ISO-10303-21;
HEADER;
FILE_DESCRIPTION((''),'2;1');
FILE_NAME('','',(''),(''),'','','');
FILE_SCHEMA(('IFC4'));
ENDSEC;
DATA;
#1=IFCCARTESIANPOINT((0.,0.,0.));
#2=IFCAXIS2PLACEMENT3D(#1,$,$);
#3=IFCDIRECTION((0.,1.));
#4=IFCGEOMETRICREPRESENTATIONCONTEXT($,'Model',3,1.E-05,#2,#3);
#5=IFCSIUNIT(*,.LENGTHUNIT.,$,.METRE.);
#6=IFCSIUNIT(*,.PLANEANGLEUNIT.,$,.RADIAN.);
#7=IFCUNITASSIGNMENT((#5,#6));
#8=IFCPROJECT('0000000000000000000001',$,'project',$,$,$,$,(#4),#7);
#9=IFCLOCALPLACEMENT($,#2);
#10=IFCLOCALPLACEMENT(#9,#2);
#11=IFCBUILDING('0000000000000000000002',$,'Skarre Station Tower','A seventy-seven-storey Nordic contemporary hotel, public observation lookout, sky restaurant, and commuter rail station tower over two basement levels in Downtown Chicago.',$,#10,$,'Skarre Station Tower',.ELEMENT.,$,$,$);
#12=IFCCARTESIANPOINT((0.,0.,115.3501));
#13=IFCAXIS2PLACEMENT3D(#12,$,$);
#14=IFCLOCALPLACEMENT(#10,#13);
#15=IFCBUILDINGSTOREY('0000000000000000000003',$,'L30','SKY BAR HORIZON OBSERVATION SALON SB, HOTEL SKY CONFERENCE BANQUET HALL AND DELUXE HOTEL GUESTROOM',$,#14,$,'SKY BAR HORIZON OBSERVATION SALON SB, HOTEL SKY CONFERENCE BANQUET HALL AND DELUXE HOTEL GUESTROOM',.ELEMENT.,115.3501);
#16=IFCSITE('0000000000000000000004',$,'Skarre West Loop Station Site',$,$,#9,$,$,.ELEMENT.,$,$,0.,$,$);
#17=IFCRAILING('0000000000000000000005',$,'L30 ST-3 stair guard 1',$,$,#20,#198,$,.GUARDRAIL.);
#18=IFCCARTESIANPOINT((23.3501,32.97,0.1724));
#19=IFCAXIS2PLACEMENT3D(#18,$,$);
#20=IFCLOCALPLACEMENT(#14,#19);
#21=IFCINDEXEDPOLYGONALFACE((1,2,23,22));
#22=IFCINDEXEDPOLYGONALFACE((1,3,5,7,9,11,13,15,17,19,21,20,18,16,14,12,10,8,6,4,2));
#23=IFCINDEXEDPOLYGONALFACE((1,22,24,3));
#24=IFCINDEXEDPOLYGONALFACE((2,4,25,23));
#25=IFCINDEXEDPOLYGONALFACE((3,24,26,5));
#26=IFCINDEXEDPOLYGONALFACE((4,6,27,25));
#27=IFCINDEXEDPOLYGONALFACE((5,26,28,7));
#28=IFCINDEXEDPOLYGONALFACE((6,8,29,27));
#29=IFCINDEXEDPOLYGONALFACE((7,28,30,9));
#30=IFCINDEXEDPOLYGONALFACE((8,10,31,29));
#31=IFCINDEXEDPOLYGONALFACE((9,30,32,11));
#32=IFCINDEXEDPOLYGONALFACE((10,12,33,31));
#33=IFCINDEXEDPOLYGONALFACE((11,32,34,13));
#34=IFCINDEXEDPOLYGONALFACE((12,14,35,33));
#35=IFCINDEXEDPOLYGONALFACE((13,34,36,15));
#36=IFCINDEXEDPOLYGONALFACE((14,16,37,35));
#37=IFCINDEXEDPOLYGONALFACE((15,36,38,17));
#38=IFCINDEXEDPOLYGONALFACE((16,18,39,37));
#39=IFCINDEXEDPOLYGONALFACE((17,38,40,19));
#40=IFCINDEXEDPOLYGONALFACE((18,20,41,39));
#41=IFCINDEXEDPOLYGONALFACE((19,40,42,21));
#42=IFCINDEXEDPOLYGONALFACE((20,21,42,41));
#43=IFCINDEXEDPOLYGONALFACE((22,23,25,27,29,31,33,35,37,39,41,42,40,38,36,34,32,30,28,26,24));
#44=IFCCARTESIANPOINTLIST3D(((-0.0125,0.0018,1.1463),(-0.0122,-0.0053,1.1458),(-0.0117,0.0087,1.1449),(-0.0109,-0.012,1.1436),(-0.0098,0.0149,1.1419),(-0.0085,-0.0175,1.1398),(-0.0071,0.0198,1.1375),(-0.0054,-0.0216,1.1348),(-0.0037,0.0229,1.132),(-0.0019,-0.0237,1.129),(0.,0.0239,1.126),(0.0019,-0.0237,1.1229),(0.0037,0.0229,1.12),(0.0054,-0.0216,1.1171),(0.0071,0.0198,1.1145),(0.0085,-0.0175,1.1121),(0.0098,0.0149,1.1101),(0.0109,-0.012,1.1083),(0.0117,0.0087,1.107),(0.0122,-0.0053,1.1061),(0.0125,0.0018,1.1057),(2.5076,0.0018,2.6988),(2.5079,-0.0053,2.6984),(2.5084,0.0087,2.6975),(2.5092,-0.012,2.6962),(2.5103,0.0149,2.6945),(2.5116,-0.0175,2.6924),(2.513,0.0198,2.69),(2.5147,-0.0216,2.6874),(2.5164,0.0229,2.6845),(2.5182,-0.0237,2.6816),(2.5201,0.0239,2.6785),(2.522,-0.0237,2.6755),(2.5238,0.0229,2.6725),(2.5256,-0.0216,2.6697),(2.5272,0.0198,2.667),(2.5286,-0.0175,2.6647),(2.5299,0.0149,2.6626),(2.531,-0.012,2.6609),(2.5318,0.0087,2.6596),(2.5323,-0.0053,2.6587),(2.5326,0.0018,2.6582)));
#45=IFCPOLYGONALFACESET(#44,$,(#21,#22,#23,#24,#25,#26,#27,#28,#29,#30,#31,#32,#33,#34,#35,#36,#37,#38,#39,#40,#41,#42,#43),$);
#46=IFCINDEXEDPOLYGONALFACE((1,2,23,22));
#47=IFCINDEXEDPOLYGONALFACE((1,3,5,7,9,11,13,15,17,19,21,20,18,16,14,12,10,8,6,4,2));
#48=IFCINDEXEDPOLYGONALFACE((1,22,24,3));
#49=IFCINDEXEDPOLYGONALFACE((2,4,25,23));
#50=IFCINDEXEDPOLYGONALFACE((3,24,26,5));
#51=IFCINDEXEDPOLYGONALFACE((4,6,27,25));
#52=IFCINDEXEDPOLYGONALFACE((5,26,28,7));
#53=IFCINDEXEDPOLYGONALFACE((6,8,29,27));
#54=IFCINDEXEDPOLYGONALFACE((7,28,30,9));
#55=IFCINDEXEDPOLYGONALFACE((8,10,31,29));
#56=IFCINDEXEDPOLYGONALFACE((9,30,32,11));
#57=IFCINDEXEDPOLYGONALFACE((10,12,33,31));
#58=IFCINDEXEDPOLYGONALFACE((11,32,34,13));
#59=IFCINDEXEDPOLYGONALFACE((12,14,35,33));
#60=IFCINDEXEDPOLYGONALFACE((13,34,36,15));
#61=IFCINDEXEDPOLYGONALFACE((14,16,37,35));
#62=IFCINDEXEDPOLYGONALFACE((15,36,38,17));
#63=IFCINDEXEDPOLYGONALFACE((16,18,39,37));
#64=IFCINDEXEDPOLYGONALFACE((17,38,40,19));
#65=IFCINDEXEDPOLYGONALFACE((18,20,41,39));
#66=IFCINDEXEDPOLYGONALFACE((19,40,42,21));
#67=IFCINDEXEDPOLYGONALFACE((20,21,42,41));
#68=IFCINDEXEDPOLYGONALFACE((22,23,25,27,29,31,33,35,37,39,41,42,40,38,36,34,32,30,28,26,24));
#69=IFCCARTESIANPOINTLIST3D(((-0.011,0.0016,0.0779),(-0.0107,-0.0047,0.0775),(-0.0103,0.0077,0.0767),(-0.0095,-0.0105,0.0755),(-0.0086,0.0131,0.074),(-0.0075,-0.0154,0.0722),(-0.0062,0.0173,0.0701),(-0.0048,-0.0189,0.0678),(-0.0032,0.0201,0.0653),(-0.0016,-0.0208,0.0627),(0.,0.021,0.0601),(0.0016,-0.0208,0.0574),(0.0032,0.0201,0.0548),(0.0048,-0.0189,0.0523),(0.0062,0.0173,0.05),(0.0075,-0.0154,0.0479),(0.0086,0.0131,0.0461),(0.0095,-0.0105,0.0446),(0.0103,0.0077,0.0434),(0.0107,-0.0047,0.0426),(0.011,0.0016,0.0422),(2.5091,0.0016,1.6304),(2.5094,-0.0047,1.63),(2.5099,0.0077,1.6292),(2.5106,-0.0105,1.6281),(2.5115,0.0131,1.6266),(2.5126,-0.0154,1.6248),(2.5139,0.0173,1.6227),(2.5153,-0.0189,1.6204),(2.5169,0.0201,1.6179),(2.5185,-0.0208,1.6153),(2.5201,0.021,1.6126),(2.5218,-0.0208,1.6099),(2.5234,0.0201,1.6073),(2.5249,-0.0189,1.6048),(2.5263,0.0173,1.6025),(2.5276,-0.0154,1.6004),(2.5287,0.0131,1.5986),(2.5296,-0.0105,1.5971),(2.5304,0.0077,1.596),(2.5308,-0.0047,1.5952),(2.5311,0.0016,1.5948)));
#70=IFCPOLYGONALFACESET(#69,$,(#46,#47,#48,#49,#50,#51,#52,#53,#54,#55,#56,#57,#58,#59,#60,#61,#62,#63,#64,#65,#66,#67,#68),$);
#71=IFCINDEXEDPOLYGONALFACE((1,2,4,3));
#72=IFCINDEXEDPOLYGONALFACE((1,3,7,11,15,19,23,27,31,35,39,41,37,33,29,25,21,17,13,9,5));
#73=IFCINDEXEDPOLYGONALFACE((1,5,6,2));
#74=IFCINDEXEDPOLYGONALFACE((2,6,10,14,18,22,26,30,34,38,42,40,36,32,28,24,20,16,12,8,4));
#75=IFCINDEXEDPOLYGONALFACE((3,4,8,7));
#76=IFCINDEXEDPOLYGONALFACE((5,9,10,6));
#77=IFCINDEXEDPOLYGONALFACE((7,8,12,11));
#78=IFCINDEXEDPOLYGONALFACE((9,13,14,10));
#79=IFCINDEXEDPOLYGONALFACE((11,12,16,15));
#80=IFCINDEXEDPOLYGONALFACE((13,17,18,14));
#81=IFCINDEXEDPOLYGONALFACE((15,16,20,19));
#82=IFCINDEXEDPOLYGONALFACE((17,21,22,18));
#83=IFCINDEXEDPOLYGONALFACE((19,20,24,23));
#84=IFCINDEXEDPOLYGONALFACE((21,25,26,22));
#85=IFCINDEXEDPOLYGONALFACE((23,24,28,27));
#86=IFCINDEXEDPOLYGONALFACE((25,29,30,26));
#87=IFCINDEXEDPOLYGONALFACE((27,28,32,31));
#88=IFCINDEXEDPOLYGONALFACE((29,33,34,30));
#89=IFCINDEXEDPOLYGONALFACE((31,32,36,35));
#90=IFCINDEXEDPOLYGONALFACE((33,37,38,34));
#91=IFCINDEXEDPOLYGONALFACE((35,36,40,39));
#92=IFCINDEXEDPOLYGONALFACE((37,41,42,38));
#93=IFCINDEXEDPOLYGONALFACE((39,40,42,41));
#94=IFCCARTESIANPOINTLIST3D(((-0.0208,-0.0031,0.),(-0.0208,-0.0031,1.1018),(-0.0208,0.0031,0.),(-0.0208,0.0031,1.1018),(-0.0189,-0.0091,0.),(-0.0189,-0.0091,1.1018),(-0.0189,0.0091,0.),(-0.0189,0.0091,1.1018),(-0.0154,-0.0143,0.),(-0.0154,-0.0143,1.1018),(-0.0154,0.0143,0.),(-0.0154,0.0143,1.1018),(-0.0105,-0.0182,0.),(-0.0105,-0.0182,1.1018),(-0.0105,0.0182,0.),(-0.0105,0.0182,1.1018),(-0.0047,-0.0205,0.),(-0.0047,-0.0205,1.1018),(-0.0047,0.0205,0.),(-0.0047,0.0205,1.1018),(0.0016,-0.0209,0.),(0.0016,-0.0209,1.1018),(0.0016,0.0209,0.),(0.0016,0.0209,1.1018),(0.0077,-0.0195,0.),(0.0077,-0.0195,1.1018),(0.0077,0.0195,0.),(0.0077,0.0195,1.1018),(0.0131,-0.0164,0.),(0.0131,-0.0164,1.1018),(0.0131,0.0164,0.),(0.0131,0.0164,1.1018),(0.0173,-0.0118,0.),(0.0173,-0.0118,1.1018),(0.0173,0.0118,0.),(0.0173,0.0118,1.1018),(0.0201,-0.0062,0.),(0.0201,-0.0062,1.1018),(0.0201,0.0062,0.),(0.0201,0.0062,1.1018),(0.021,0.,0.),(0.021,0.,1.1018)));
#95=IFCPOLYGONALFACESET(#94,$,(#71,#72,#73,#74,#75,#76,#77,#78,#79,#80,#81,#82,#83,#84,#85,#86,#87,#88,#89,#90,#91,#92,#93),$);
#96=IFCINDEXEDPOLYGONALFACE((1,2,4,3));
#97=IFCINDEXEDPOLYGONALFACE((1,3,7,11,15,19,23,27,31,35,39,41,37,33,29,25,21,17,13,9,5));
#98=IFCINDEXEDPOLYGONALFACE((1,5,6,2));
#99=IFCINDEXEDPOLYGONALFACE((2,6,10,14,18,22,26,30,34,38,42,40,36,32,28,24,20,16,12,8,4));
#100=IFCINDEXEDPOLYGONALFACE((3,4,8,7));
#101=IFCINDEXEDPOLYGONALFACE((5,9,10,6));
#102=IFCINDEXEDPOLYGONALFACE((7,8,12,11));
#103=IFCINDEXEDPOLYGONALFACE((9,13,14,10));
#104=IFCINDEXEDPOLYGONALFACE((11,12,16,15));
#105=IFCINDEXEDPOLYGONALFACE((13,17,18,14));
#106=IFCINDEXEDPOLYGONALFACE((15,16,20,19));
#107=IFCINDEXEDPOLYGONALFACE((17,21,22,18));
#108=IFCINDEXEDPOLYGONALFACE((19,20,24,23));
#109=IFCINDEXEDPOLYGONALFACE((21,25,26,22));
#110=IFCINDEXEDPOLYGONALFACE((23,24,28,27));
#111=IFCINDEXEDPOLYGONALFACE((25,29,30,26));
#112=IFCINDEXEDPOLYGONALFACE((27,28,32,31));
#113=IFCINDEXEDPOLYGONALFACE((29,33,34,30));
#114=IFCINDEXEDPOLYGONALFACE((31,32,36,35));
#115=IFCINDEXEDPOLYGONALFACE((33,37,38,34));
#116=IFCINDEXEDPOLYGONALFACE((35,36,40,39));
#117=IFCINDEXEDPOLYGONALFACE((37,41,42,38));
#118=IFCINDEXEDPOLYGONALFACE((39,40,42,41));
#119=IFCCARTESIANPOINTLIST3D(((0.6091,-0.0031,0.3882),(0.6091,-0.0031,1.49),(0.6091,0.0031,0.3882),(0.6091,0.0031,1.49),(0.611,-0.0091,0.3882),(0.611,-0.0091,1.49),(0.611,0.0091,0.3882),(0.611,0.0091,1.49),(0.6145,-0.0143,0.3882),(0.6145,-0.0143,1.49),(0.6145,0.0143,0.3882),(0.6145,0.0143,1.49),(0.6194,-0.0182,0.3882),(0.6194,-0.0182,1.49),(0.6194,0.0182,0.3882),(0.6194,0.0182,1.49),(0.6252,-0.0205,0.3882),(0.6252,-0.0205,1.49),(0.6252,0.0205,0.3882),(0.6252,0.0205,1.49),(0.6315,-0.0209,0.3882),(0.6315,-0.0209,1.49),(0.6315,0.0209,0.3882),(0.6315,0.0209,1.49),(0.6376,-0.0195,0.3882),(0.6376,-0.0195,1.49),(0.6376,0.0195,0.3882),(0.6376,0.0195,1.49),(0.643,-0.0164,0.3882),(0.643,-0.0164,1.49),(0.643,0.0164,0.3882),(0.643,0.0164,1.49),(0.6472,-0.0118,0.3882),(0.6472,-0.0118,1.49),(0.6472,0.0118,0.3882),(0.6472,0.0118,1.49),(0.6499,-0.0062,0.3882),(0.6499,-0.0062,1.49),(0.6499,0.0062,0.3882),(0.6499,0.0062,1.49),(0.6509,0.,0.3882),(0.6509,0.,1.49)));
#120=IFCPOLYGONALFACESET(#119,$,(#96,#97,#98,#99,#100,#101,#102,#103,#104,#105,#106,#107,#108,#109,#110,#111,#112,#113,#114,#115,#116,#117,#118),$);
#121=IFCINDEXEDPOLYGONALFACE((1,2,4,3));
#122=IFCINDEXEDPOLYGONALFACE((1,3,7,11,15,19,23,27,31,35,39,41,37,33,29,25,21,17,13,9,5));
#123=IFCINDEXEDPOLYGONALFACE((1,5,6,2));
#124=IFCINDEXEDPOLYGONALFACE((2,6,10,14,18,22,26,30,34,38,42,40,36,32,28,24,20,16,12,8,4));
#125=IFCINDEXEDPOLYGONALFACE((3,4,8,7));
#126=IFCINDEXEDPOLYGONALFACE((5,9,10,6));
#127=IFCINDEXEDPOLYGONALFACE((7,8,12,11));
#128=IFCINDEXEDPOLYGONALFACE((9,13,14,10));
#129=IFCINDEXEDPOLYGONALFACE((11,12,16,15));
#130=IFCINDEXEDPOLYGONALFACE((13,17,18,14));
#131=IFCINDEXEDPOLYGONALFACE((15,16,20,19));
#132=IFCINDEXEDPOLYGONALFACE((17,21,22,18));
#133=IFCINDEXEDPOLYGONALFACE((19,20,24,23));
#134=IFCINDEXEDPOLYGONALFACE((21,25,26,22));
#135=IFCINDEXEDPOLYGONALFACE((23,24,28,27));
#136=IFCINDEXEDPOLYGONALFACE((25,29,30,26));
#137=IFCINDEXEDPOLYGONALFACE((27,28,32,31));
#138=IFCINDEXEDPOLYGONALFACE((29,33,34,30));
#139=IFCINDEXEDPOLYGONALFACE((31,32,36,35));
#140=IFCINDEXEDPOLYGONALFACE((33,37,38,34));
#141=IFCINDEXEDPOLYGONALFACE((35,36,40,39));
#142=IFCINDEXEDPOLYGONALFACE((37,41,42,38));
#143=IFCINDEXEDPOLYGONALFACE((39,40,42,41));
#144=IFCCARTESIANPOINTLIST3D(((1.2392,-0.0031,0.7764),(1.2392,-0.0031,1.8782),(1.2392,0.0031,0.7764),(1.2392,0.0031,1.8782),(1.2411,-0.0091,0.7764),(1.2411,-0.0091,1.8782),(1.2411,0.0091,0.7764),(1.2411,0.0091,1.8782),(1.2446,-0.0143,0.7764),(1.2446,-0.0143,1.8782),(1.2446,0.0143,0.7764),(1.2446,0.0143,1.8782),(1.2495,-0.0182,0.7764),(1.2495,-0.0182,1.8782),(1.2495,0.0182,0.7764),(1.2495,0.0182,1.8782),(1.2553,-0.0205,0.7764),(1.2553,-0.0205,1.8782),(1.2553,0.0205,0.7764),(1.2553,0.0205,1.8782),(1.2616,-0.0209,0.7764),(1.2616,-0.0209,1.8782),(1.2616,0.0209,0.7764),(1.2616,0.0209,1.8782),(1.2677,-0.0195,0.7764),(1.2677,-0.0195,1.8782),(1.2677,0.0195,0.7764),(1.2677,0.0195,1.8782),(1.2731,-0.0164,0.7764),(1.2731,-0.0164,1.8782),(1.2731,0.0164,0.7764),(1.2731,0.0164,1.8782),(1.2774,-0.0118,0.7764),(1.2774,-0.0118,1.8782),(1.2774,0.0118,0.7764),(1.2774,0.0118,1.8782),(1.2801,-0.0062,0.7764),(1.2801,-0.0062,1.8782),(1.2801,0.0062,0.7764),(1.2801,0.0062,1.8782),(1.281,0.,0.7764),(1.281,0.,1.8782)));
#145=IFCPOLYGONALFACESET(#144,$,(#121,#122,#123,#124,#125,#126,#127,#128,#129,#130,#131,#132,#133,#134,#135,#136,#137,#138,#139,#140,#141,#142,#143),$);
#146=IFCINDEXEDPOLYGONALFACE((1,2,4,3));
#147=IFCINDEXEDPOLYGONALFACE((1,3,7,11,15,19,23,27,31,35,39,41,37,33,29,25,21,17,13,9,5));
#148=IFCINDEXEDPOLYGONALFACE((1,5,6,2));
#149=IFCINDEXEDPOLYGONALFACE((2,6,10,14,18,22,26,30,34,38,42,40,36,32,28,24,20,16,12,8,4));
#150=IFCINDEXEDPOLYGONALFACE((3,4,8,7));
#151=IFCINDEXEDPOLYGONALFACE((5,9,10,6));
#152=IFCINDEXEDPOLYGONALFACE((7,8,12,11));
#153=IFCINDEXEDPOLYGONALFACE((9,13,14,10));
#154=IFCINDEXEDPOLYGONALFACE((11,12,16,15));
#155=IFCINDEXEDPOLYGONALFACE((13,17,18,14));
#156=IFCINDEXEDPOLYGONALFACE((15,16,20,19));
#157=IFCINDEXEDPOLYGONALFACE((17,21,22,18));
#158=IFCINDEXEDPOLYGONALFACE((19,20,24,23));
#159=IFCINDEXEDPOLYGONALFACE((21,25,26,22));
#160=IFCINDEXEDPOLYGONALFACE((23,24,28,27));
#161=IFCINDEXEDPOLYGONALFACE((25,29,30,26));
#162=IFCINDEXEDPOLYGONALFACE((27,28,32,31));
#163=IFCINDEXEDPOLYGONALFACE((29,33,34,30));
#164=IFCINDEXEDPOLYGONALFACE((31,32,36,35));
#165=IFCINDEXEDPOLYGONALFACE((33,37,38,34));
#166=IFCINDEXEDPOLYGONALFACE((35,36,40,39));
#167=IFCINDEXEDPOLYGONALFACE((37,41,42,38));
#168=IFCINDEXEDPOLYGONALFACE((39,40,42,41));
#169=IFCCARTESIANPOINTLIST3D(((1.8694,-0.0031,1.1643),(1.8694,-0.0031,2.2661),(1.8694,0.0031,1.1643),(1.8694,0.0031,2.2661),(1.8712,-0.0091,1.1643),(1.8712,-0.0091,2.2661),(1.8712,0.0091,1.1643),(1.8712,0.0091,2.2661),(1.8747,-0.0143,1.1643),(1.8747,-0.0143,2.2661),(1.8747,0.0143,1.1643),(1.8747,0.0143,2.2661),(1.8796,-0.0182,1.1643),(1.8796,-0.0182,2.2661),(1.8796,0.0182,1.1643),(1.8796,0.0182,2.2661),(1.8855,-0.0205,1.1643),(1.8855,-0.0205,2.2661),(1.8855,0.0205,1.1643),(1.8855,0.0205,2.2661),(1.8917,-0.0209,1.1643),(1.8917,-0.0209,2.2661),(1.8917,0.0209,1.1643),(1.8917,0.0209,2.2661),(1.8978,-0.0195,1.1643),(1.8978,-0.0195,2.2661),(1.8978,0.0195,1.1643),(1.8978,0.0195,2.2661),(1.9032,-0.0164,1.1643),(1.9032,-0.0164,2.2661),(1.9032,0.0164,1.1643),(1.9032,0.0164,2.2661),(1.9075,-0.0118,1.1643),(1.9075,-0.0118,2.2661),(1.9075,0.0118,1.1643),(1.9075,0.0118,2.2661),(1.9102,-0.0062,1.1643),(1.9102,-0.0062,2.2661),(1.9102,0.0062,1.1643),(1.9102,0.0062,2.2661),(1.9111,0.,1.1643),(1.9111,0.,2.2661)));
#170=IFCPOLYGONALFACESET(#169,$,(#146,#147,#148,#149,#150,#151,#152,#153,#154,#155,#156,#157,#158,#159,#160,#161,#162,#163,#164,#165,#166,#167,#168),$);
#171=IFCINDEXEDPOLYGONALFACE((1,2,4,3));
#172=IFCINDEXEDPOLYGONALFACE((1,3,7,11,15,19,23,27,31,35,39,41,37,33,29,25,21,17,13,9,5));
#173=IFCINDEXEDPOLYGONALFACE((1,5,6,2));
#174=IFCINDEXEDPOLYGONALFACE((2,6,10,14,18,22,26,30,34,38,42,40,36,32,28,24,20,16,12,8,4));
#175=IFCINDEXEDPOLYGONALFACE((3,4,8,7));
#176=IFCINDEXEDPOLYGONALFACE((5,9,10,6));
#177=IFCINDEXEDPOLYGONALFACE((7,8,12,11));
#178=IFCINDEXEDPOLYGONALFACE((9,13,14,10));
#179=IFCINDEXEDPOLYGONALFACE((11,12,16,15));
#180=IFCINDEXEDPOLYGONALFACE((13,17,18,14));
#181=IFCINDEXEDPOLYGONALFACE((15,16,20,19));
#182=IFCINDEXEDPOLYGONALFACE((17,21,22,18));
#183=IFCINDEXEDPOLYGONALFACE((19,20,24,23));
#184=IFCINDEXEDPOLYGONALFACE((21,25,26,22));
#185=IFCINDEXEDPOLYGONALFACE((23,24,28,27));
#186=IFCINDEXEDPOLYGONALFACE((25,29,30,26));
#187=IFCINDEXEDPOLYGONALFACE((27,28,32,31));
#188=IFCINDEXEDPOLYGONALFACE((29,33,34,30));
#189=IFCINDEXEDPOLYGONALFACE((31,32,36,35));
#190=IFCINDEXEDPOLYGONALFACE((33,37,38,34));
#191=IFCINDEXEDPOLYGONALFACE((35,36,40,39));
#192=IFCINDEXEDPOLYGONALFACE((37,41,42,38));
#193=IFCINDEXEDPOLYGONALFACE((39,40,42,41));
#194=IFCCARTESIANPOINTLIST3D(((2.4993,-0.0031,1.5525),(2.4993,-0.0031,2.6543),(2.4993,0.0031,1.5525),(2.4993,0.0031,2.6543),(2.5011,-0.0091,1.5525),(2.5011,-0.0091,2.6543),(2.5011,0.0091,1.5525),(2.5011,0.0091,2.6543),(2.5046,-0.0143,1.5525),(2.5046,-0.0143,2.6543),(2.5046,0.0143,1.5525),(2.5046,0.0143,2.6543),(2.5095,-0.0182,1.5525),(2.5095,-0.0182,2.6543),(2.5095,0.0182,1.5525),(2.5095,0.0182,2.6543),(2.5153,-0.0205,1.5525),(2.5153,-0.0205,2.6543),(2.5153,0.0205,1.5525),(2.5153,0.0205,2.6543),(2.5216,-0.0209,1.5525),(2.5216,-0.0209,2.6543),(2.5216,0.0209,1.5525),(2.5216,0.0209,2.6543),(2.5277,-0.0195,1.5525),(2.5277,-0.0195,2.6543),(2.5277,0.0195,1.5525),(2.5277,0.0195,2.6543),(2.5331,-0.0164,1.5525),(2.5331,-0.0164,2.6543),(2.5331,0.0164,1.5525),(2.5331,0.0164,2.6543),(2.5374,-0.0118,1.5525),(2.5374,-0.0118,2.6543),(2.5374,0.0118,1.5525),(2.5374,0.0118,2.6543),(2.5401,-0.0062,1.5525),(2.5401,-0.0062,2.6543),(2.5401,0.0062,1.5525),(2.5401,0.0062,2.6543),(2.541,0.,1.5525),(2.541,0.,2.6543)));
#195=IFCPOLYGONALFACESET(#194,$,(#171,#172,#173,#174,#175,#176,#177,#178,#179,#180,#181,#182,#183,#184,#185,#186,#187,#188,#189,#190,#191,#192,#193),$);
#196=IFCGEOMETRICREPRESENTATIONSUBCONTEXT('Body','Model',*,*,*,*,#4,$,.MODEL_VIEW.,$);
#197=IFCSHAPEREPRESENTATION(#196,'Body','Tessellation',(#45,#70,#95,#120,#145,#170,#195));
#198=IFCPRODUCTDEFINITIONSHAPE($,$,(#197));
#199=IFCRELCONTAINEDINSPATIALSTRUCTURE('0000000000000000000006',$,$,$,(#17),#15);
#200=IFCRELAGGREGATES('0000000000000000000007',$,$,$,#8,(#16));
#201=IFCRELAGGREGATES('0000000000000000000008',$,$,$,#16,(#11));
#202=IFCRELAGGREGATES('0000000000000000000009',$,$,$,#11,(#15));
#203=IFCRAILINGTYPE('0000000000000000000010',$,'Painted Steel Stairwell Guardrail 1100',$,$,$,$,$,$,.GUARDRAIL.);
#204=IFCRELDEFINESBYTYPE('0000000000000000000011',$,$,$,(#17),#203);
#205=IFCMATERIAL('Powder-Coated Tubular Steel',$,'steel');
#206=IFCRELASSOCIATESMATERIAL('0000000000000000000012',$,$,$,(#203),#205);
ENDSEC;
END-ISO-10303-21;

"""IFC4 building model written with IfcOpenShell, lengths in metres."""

from ifc_helpers import new_model, si_unit, direction, frame, origin, origin_2d, place, context, subcontext, project, spatial, circle, extrude, material, type_object, element, save


model = new_model("IFC4")

# Units and contexts
model_context = context("Model", 3, precision=1e-05, world=origin(), true_north=direction((0.0, 1.0)))
body_context = subcontext(model_context, "Body", "Model", "MODEL_VIEW")
ifc_project = project(units=[si_unit("LENGTHUNIT", "METRE"), si_unit("PLANEANGLEUNIT", "RADIAN")], contexts=[model_context])

# Site, building, storey
site_placement = place(None, origin())
site = spatial("IfcSite", under=ifc_project, at=site_placement, Name="Skarre West Loop Station Site", CompositionType="ELEMENT", RefElevation=0.0)
building_placement = place(site_placement, origin())
building = spatial("IfcBuilding", under=site, at=building_placement, Name="Skarre Station Tower", Description="A seventy-seven-storey Nordic contemporary hotel, public observation lookout, sky restaurant, and commuter rail station tower over two basement levels in Downtown Chicago.", LongName="Skarre Station Tower", CompositionType="ELEMENT")
storey_placement = place(building_placement, frame((0.0, 0.0, 115.3501)))
storey = spatial("IfcBuildingStorey", under=building, at=storey_placement, Name="L30", Description="SKY BAR HORIZON OBSERVATION SALON SB, HOTEL SKY CONFERENCE BANQUET HALL AND DELUXE HOTEL GUESTROOM", LongName="SKY BAR HORIZON OBSERVATION SALON SB, HOTEL SKY CONFERENCE BANQUET HALL AND DELUXE HOTEL GUESTROOM", CompositionType="ELEMENT", Elevation=115.3501)

# Railing
ifc_material_1 = material(Name="Powder-Coated Tubular Steel", Category="steel")
railing_type_1 = type_object("IfcRailingType", Name="Painted Steel Stairwell Guardrail 1100", PredefinedType="GUARDRAIL", material=ifc_material_1)
railing_1_placement = place(storey_placement, frame((23.3501, 32.97, 0.1724)))
element("IfcRailing", 1, at=railing_1_placement, inside=storey, type_object=railing_type_1, Name="L30 ST-3 stair guard 1", PredefinedType="GUARDRAIL", context=body_context, shape_type="SweptSolid", body=[
    extrude(circle(Radius=0.0239, at=origin_2d()), frame((0.0, 0.0, 1.126), z_axis=(0.8514, 0.0, 0.524516), x_axis=(0.0, 1.0, 0.0)), (0.0, 0.0, 1.0), 2.96),
    extrude(circle(Radius=0.021, at=origin_2d()), frame((0.0, 0.0, 0.0601), z_axis=(0.8514, 0.0, 0.524516), x_axis=(0.0, 1.0, 0.0)), (0.0, 0.0, 1.0), 2.96),
    extrude(circle(Radius=0.021, at=origin_2d()), origin(), (0.0, 0.0, 1.0), 1.1018),
    extrude(circle(Radius=0.021, at=origin_2d()), frame((0.6299, 0.0, 0.3882)), (0.0, 0.0, 1.0), 1.1018),
    extrude(circle(Radius=0.021, at=origin_2d()), frame((1.26, 0.0, 0.7764)), (0.0, 0.0, 1.0), 1.1018),
    extrude(circle(Radius=0.021, at=origin_2d()), frame((1.8901, 0.0, 1.1643)), (0.0, 0.0, 1.0), 1.1018),
    extrude(circle(Radius=0.021, at=origin_2d()), frame((2.52, 0.0, 1.5525)), (0.0, 0.0, 1.0), 1.1018),
])

save(model, "model.ifc")
